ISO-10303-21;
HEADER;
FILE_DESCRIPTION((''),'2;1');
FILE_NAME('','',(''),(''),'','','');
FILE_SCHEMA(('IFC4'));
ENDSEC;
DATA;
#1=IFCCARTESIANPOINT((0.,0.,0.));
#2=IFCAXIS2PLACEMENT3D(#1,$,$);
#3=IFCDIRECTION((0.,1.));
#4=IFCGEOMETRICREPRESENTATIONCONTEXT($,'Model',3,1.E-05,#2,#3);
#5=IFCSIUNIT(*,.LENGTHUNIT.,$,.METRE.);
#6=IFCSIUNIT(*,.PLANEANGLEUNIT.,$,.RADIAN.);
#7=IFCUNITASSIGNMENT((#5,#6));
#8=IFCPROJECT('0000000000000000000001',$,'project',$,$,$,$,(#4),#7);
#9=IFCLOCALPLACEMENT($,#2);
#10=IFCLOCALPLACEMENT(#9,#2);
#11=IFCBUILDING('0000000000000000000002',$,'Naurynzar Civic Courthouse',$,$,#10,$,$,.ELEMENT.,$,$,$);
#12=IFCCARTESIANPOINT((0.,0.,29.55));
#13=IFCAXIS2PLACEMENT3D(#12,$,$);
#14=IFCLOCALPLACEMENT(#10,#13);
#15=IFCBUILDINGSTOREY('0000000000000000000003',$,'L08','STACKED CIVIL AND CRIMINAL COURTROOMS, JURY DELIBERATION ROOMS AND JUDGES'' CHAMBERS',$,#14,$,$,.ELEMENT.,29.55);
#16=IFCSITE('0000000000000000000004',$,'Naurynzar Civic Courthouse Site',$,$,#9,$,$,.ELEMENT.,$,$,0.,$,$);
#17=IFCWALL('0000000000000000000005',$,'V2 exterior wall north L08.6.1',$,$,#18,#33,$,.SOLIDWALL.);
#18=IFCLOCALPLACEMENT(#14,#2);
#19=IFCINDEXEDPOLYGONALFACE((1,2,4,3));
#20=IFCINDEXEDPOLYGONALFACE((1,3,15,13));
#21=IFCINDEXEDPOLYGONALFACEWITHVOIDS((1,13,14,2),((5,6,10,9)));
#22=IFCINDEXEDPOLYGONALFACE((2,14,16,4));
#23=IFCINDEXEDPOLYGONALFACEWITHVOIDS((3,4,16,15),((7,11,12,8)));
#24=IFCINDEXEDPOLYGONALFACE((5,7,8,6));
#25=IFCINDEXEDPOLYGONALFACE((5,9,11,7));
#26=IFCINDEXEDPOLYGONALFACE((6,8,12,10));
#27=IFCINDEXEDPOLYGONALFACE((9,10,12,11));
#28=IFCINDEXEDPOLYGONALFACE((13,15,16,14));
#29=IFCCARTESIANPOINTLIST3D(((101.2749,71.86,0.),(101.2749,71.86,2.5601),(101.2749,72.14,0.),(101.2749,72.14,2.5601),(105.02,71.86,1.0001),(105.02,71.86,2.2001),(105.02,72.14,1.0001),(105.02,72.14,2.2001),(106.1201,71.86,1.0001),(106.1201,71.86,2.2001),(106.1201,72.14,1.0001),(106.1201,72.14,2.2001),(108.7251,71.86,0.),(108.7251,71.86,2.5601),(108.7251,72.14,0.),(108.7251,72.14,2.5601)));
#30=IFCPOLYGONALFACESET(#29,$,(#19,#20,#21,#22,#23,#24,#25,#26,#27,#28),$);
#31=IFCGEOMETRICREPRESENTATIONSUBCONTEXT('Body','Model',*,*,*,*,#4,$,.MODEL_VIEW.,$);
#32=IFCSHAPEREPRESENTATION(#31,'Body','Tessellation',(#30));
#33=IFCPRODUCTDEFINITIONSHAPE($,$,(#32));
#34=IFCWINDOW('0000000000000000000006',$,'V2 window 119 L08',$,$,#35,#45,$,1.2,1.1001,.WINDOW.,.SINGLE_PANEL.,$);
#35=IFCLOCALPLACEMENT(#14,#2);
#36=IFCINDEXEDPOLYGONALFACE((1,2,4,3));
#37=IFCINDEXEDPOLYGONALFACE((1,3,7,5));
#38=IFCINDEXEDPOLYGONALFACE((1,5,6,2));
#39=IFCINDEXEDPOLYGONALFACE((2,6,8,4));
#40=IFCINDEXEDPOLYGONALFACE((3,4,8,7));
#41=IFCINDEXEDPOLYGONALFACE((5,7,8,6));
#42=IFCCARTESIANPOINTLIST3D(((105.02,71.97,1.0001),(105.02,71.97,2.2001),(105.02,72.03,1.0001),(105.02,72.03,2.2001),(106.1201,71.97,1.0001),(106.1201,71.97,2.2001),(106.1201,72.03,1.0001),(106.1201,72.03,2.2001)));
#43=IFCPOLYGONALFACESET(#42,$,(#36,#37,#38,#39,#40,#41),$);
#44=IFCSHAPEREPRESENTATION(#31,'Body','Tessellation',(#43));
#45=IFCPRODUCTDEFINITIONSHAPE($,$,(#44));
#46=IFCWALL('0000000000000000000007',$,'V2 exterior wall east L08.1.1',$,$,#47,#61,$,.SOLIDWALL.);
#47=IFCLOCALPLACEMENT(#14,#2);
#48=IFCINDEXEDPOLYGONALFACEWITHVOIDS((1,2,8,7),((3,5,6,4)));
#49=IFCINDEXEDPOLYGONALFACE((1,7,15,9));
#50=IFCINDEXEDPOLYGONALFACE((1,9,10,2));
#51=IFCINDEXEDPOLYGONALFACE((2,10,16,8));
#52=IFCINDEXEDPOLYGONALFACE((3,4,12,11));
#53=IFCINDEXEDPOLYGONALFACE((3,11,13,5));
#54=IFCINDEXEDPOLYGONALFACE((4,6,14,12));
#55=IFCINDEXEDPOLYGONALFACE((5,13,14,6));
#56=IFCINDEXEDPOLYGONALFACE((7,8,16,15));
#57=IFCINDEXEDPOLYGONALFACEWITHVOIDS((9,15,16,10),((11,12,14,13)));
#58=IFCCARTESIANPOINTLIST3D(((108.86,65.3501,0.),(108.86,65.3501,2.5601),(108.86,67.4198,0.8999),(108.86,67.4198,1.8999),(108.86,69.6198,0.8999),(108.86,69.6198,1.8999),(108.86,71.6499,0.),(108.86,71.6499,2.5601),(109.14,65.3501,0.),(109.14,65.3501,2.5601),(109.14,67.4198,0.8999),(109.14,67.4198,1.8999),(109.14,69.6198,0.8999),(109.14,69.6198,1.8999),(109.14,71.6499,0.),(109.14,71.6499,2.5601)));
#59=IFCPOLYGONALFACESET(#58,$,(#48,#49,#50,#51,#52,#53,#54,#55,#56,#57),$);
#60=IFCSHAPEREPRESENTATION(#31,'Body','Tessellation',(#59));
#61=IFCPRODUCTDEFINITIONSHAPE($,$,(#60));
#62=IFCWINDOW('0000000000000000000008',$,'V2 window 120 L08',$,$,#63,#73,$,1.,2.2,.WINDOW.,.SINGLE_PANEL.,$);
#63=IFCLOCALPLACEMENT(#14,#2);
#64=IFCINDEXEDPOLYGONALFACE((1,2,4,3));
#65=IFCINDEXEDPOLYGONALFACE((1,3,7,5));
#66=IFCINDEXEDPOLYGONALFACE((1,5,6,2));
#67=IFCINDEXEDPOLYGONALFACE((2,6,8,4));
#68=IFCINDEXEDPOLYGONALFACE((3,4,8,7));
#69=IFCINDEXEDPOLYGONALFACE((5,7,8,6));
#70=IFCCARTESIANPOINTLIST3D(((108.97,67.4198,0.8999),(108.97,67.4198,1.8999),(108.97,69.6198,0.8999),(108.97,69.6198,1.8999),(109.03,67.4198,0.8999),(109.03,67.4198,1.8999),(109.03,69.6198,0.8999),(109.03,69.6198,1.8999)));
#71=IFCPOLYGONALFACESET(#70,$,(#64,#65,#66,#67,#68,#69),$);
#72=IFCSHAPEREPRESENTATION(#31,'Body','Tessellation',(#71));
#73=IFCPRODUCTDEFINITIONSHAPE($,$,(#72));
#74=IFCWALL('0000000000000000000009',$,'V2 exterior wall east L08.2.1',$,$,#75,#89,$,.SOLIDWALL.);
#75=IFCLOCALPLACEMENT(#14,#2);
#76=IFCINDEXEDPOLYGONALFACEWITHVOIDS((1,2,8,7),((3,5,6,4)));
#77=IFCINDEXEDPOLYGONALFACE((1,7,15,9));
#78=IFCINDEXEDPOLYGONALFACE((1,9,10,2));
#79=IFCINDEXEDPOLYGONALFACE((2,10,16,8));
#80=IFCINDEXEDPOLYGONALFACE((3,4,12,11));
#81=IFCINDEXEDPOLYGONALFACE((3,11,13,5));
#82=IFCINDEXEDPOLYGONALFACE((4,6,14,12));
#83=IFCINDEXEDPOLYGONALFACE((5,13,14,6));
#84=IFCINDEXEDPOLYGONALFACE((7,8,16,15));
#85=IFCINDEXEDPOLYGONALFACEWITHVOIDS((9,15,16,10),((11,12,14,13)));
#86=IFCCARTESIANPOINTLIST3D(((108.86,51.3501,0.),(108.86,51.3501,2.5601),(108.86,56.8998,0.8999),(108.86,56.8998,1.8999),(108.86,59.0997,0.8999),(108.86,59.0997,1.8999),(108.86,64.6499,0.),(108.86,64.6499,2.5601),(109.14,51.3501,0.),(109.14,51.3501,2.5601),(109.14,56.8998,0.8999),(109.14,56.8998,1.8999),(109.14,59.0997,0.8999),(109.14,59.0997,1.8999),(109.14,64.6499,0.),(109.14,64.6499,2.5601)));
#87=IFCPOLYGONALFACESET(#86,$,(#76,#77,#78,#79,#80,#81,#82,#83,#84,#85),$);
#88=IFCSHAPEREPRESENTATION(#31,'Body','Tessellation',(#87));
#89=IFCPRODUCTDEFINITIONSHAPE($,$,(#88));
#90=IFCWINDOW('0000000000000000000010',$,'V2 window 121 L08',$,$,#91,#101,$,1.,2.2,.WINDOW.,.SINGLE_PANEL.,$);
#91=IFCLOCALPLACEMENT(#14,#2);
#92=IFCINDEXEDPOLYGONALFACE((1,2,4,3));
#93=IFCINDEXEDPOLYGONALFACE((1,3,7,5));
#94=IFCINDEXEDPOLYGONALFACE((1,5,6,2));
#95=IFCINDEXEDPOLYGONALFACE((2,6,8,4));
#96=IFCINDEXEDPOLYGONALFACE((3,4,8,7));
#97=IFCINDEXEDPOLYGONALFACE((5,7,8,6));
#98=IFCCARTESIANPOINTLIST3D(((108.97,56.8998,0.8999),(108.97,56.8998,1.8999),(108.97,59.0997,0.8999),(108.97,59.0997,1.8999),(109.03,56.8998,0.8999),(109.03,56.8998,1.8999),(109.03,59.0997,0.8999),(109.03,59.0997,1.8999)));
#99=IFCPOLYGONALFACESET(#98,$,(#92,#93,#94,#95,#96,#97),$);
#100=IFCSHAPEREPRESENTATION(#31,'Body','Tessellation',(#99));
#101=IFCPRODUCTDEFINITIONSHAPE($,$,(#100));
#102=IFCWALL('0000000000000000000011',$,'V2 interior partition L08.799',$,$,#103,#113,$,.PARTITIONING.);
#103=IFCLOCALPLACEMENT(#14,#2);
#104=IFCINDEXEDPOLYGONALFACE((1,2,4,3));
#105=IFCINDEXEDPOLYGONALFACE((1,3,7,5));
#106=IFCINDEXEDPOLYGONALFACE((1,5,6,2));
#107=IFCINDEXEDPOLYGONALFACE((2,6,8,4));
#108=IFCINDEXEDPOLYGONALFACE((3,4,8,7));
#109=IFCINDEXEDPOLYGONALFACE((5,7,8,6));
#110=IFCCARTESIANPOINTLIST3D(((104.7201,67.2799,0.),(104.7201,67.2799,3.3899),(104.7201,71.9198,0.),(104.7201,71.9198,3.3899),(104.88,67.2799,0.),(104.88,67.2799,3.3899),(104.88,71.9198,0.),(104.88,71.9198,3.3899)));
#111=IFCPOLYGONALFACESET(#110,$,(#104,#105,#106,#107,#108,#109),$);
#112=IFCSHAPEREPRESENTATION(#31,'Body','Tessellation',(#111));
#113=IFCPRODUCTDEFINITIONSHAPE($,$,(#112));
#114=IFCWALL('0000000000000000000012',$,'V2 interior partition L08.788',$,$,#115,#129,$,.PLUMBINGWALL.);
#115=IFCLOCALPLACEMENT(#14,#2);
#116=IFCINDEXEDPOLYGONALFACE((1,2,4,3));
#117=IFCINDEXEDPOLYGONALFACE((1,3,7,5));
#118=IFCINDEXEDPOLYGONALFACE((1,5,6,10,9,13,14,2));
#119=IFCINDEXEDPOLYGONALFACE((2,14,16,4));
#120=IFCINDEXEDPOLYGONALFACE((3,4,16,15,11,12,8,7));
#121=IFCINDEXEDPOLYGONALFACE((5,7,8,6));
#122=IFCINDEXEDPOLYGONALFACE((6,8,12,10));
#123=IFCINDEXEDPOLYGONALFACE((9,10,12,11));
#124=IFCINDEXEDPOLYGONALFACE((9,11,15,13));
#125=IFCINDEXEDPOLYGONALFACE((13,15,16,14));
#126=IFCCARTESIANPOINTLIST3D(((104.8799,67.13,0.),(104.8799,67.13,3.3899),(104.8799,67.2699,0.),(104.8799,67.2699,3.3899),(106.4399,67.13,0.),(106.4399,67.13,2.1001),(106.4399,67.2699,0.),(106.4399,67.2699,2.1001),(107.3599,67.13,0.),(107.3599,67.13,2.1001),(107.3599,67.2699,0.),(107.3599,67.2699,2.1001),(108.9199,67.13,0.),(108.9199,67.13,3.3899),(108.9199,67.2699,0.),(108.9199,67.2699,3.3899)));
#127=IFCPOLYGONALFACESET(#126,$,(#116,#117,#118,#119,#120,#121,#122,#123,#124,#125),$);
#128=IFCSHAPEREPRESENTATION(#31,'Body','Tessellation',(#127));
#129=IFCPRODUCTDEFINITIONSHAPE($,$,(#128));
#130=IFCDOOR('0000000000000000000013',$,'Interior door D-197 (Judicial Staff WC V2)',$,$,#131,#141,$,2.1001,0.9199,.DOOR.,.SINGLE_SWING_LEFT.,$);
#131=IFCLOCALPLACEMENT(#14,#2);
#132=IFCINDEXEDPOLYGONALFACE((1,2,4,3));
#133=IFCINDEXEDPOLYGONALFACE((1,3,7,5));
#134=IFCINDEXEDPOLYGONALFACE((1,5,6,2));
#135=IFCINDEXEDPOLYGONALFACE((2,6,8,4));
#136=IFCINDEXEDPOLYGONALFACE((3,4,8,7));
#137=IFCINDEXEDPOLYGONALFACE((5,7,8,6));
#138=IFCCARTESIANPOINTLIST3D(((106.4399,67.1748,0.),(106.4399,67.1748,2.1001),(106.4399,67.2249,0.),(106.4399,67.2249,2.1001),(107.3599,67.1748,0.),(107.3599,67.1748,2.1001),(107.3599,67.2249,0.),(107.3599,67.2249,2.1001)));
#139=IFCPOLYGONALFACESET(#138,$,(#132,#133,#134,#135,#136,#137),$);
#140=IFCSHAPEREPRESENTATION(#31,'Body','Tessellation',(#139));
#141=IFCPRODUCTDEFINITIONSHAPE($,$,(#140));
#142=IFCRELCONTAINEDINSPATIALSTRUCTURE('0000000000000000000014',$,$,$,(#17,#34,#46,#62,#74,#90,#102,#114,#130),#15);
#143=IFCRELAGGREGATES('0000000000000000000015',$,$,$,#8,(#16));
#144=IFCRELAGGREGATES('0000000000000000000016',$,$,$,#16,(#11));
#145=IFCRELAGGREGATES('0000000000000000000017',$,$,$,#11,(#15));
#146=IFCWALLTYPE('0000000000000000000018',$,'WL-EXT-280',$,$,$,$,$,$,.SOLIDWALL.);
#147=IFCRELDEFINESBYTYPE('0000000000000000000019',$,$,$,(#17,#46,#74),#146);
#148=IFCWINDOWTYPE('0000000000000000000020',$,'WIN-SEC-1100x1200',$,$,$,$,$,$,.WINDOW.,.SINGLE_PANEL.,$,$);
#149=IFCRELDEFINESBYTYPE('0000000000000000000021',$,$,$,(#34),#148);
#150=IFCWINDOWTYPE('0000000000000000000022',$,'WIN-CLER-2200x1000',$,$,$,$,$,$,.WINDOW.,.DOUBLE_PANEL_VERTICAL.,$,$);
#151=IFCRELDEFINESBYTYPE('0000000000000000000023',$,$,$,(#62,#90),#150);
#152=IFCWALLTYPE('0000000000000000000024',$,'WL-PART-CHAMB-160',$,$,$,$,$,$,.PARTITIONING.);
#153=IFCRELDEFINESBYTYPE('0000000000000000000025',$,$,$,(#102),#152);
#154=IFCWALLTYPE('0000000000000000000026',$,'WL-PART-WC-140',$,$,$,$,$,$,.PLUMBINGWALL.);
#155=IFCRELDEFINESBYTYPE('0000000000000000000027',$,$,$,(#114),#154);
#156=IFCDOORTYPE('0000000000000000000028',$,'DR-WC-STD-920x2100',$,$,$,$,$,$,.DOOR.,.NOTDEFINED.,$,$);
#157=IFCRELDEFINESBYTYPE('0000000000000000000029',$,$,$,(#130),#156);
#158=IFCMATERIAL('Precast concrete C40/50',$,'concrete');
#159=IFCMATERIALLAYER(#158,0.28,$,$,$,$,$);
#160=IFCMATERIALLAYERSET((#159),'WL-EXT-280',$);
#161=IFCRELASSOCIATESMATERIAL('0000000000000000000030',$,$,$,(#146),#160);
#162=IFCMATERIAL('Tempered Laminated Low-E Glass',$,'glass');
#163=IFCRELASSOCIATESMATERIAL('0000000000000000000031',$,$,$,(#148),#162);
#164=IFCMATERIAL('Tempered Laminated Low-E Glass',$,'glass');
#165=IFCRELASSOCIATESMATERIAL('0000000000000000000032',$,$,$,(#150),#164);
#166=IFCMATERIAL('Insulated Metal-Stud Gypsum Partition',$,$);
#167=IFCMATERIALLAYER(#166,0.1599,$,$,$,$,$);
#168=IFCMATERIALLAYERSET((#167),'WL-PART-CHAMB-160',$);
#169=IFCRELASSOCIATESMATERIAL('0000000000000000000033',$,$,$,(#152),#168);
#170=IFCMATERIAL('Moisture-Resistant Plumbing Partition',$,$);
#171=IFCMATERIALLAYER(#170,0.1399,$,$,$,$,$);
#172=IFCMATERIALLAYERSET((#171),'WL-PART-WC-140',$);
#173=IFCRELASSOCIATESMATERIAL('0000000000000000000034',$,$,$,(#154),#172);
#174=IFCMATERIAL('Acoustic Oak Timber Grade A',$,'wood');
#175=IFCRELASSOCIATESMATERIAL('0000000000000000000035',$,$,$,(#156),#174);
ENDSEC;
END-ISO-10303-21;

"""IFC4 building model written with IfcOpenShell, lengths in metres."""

from ifc_helpers import new_model, si_unit, direction, frame, frame_2d, origin, place, context, subcontext, project, spatial, rectangle, extrude, material, layer, layer_set, type_object, element, fill, save


model = new_model("IFC4")

# Units and contexts
model_context = context("Model", 3, precision=1e-05, world=origin(), true_north=direction((0.0, 1.0)))
body_context = subcontext(model_context, "Body", "Model", "MODEL_VIEW")
ifc_project = project(units=[si_unit("LENGTHUNIT", "METRE"), si_unit("PLANEANGLEUNIT", "RADIAN")], contexts=[model_context])

# Site, building, storey
site_placement = place(None, origin())
site = spatial("IfcSite", under=ifc_project, at=site_placement, Name="Naurynzar Civic Courthouse Site", CompositionType="ELEMENT", RefElevation=0.0)
building_placement = place(site_placement, origin())
building = spatial("IfcBuilding", under=site, at=building_placement, Name="Naurynzar Civic Courthouse", CompositionType="ELEMENT")
storey_placement = place(building_placement, frame((0.0, 0.0, 29.55)))
storey = spatial("IfcBuildingStorey", under=building, at=storey_placement, Name="L08", Description="STACKED CIVIL AND CRIMINAL COURTROOMS, JURY DELIBERATION ROOMS AND JUDGES' CHAMBERS", CompositionType="ELEMENT", Elevation=29.55)

# Walls, openings, windows
ifc_material_1 = material(Name="Precast concrete C40/50", Category="concrete")
ifc_layer_1 = layer(ifc_material_1, 0.28)
ifc_layer_set_1 = layer_set([ifc_layer_1], Name="WL-EXT-280")
wall_type_1 = type_object("IfcWallType", Name="WL-EXT-280", PredefinedType="SOLIDWALL", material=ifc_layer_set_1)
wall_1_placement = place(storey_placement, frame((101.2749, 72.0, 0.0), z_axis=(0.0, 0.0, 1.0), x_axis=(1.0, 0.0, 0.0)))
wall_1 = element("IfcWall", 1, at=wall_1_placement, inside=storey, type_object=wall_type_1, Name="V2 exterior wall north L08.6.1", PredefinedType="SOLIDWALL", context=body_context, shape_type="SweptSolid", body=[
    extrude(rectangle(XDim=7.4502, YDim=0.28, at=frame_2d((3.7251, 0.0))), origin(), (0.0, 0.0, 1.0), 2.5601),
])
opening_1_placement = place(wall_1_placement, frame((3.7451, 0.0, 1.0)))
opening_1 = element("IfcOpeningElement", 2, at=opening_1_placement, cuts=wall_1, PredefinedType="OPENING", context=body_context, shape_type="SweptSolid", body=[
    extrude(rectangle(XDim=1.1001, YDim=1.2, at=frame_2d((0.55, 0.6001))), frame((0.0, 0.1499, 0.0), z_axis=(0.0, -1.0, 0.0), x_axis=(1.0, 0.0, 0.0)), (0.0, 0.0, 1.0), 0.3),
])
ifc_material_2 = material(Name="Tempered Laminated Low-E Glass", Category="glass")
window_type_1 = type_object("IfcWindowType", Name="WIN-SEC-1100x1200", PartitioningType="SINGLE_PANEL", PredefinedType="WINDOW", material=ifc_material_2)
window_1_placement = place(opening_1_placement, origin())
window_1 = element("IfcWindow", 3, at=window_1_placement, inside=storey, type_object=window_type_1, Name="V2 window 119 L08", OverallHeight=1.2, OverallWidth=1.1001, PartitioningType="SINGLE_PANEL", PredefinedType="WINDOW", context=body_context, shape_type="SweptSolid", body=[
    extrude(rectangle(XDim=1.1001, YDim=1.2, at=frame_2d((0.55, 0.6001))), frame((0.0, 0.03, 0.0), z_axis=(0.0, -1.0, 0.0), x_axis=(1.0, 0.0, 0.0)), (0.0, 0.0, 1.0), 0.0601),
])
fill(opening_1, window_1)
wall_2_placement = place(storey_placement, frame((109.0, 71.6499, 0.0), z_axis=(0.0, 0.0, 1.0), x_axis=(0.0, -1.0, 0.0)))
wall_2 = element("IfcWall", 4, at=wall_2_placement, inside=storey, type_object=wall_type_1, Name="V2 exterior wall east L08.1.1", PredefinedType="SOLIDWALL", context=body_context, shape_type="SweptSolid", body=[
    extrude(rectangle(XDim=6.2998, YDim=0.28, at=frame_2d((3.1499, 0.0))), origin(), (0.0, 0.0, 1.0), 2.5601),
])
opening_2_placement = place(wall_2_placement, frame((2.03, 0.0, 0.8999)))
opening_2 = element("IfcOpeningElement", 5, at=opening_2_placement, cuts=wall_2, PredefinedType="OPENING", context=body_context, shape_type="SweptSolid", body=[
    extrude(rectangle(XDim=2.2, YDim=1.0, at=frame_2d((1.1001, 0.5))), frame((0.0, 0.1499, 0.0), z_axis=(0.0, -1.0, 0.0), x_axis=(1.0, 0.0, 0.0)), (0.0, 0.0, 1.0), 0.3),
])
ifc_material_3 = material(Name="Tempered Laminated Low-E Glass", Category="glass")
window_type_2 = type_object("IfcWindowType", Name="WIN-CLER-2200x1000", PartitioningType="DOUBLE_PANEL_VERTICAL", PredefinedType="WINDOW", material=ifc_material_3)
window_2_placement = place(opening_2_placement, origin())
window_2 = element("IfcWindow", 6, at=window_2_placement, inside=storey, type_object=window_type_2, Name="V2 window 120 L08", OverallHeight=1.0, OverallWidth=2.2, PartitioningType="SINGLE_PANEL", PredefinedType="WINDOW", context=body_context, shape_type="SweptSolid", body=[
    extrude(rectangle(XDim=2.2, YDim=1.0, at=frame_2d((1.1001, 0.5))), frame((0.0, 0.03, 0.0), z_axis=(0.0, -1.0, 0.0), x_axis=(1.0, 0.0, 0.0)), (0.0, 0.0, 1.0), 0.0601),
])
fill(opening_2, window_2)
wall_3_placement = place(storey_placement, frame((109.0, 64.6499, 0.0), z_axis=(0.0, 0.0, 1.0), x_axis=(0.0, -1.0, 0.0)))
wall_3 = element("IfcWall", 7, at=wall_3_placement, inside=storey, type_object=wall_type_1, Name="V2 exterior wall east L08.2.1", PredefinedType="SOLIDWALL", context=body_context, shape_type="SweptSolid", body=[
    extrude(rectangle(XDim=13.2998, YDim=0.28, at=frame_2d((6.6499, 0.0))), origin(), (0.0, 0.0, 1.0), 2.5601),
])
opening_3_placement = place(wall_3_placement, frame((5.55, 0.0, 0.8999)))
opening_3 = element("IfcOpeningElement", 8, at=opening_3_placement, cuts=wall_3, PredefinedType="OPENING", context=body_context, shape_type="SweptSolid", body=[
    extrude(rectangle(XDim=2.2, YDim=1.0, at=frame_2d((1.1001, 0.5))), frame((0.0, 0.1499, 0.0), z_axis=(0.0, -1.0, 0.0), x_axis=(1.0, 0.0, 0.0)), (0.0, 0.0, 1.0), 0.3),
])
window_3_placement = place(opening_3_placement, origin())
window_3 = element("IfcWindow", 9, at=window_3_placement, inside=storey, type_object=window_type_2, Name="V2 window 121 L08", OverallHeight=1.0, OverallWidth=2.2, PartitioningType="SINGLE_PANEL", PredefinedType="WINDOW", context=body_context, shape_type="SweptSolid", body=[
    extrude(rectangle(XDim=2.2, YDim=1.0, at=frame_2d((1.1001, 0.5))), frame((0.0, 0.03, 0.0), z_axis=(0.0, -1.0, 0.0), x_axis=(1.0, 0.0, 0.0)), (0.0, 0.0, 1.0), 0.0601),
])
fill(opening_3, window_3)

# Wall
ifc_material_4 = material(Name="Insulated Metal-Stud Gypsum Partition")
ifc_layer_2 = layer(ifc_material_4, 0.1599)
ifc_layer_set_2 = layer_set([ifc_layer_2], Name="WL-PART-CHAMB-160")
wall_type_2 = type_object("IfcWallType", Name="WL-PART-CHAMB-160", PredefinedType="PARTITIONING", material=ifc_layer_set_2)
wall_4_placement = place(storey_placement, frame((104.8, 67.28, 0.0), z_axis=(0.0, 0.0, 1.0), x_axis=(0.0, 1.0, 0.0)))
element("IfcWall", 10, at=wall_4_placement, inside=storey, type_object=wall_type_2, Name="V2 interior partition L08.799", PredefinedType="PARTITIONING", context=body_context, shape_type="SweptSolid", body=[
    extrude(rectangle(XDim=4.6399, YDim=0.1599, at=frame_2d((2.3198, 0.0))), origin(), (0.0, 0.0, 1.0), 3.3899),
])

# Wall, opening, door
ifc_material_5 = material(Name="Moisture-Resistant Plumbing Partition")
ifc_layer_3 = layer(ifc_material_5, 0.1399)
ifc_layer_set_3 = layer_set([ifc_layer_3], Name="WL-PART-WC-140")
wall_type_3 = type_object("IfcWallType", Name="WL-PART-WC-140", PredefinedType="PLUMBINGWALL", material=ifc_layer_set_3)
wall_5_placement = place(storey_placement, frame((104.8799, 67.2, 0.0), z_axis=(0.0, 0.0, 1.0), x_axis=(1.0, 0.0, 0.0)))
wall_5 = element("IfcWall", 11, at=wall_5_placement, inside=storey, type_object=wall_type_3, Name="V2 interior partition L08.788", PredefinedType="PLUMBINGWALL", context=body_context, shape_type="SweptSolid", body=[
    extrude(rectangle(XDim=4.04, YDim=0.1399, at=frame_2d((2.02, 0.0))), origin(), (0.0, 0.0, 1.0), 3.3899),
])
opening_4_placement = place(wall_5_placement, frame((1.5601, 0.0, 0.0)))
opening_4 = element("IfcOpeningElement", 12, at=opening_4_placement, cuts=wall_5, PredefinedType="OPENING", context=body_context, shape_type="SweptSolid", body=[
    extrude(rectangle(XDim=0.9199, YDim=2.1001, at=frame_2d((0.46, 1.05))), frame((0.0, 0.0798, 0.0), z_axis=(0.0, -1.0, 0.0), x_axis=(1.0, 0.0, 0.0)), (0.0, 0.0, 1.0), 0.1599),
])
ifc_material_6 = material(Name="Acoustic Oak Timber Grade A", Category="wood")
door_type = type_object("IfcDoorType", Name="DR-WC-STD-920x2100", OperationType="NOTDEFINED", PredefinedType="DOOR", material=ifc_material_6)
door_placement = place(opening_4_placement, origin())
door = element("IfcDoor", 13, at=door_placement, inside=storey, type_object=door_type, Name="Interior door D-197 (Judicial Staff WC V2)", OperationType="SINGLE_SWING_LEFT", OverallHeight=2.1001, OverallWidth=0.9199, PredefinedType="DOOR", context=body_context, shape_type="SweptSolid", body=[
    extrude(rectangle(XDim=0.9199, YDim=2.1001, at=frame_2d((0.46, 1.05))), frame((0.0, 0.0249, 0.0), z_axis=(0.0, -1.0, 0.0), x_axis=(1.0, 0.0, 0.0)), (0.0, 0.0, 1.0), 0.05),
])
fill(opening_4, door)

save(model, "model.ifc")
